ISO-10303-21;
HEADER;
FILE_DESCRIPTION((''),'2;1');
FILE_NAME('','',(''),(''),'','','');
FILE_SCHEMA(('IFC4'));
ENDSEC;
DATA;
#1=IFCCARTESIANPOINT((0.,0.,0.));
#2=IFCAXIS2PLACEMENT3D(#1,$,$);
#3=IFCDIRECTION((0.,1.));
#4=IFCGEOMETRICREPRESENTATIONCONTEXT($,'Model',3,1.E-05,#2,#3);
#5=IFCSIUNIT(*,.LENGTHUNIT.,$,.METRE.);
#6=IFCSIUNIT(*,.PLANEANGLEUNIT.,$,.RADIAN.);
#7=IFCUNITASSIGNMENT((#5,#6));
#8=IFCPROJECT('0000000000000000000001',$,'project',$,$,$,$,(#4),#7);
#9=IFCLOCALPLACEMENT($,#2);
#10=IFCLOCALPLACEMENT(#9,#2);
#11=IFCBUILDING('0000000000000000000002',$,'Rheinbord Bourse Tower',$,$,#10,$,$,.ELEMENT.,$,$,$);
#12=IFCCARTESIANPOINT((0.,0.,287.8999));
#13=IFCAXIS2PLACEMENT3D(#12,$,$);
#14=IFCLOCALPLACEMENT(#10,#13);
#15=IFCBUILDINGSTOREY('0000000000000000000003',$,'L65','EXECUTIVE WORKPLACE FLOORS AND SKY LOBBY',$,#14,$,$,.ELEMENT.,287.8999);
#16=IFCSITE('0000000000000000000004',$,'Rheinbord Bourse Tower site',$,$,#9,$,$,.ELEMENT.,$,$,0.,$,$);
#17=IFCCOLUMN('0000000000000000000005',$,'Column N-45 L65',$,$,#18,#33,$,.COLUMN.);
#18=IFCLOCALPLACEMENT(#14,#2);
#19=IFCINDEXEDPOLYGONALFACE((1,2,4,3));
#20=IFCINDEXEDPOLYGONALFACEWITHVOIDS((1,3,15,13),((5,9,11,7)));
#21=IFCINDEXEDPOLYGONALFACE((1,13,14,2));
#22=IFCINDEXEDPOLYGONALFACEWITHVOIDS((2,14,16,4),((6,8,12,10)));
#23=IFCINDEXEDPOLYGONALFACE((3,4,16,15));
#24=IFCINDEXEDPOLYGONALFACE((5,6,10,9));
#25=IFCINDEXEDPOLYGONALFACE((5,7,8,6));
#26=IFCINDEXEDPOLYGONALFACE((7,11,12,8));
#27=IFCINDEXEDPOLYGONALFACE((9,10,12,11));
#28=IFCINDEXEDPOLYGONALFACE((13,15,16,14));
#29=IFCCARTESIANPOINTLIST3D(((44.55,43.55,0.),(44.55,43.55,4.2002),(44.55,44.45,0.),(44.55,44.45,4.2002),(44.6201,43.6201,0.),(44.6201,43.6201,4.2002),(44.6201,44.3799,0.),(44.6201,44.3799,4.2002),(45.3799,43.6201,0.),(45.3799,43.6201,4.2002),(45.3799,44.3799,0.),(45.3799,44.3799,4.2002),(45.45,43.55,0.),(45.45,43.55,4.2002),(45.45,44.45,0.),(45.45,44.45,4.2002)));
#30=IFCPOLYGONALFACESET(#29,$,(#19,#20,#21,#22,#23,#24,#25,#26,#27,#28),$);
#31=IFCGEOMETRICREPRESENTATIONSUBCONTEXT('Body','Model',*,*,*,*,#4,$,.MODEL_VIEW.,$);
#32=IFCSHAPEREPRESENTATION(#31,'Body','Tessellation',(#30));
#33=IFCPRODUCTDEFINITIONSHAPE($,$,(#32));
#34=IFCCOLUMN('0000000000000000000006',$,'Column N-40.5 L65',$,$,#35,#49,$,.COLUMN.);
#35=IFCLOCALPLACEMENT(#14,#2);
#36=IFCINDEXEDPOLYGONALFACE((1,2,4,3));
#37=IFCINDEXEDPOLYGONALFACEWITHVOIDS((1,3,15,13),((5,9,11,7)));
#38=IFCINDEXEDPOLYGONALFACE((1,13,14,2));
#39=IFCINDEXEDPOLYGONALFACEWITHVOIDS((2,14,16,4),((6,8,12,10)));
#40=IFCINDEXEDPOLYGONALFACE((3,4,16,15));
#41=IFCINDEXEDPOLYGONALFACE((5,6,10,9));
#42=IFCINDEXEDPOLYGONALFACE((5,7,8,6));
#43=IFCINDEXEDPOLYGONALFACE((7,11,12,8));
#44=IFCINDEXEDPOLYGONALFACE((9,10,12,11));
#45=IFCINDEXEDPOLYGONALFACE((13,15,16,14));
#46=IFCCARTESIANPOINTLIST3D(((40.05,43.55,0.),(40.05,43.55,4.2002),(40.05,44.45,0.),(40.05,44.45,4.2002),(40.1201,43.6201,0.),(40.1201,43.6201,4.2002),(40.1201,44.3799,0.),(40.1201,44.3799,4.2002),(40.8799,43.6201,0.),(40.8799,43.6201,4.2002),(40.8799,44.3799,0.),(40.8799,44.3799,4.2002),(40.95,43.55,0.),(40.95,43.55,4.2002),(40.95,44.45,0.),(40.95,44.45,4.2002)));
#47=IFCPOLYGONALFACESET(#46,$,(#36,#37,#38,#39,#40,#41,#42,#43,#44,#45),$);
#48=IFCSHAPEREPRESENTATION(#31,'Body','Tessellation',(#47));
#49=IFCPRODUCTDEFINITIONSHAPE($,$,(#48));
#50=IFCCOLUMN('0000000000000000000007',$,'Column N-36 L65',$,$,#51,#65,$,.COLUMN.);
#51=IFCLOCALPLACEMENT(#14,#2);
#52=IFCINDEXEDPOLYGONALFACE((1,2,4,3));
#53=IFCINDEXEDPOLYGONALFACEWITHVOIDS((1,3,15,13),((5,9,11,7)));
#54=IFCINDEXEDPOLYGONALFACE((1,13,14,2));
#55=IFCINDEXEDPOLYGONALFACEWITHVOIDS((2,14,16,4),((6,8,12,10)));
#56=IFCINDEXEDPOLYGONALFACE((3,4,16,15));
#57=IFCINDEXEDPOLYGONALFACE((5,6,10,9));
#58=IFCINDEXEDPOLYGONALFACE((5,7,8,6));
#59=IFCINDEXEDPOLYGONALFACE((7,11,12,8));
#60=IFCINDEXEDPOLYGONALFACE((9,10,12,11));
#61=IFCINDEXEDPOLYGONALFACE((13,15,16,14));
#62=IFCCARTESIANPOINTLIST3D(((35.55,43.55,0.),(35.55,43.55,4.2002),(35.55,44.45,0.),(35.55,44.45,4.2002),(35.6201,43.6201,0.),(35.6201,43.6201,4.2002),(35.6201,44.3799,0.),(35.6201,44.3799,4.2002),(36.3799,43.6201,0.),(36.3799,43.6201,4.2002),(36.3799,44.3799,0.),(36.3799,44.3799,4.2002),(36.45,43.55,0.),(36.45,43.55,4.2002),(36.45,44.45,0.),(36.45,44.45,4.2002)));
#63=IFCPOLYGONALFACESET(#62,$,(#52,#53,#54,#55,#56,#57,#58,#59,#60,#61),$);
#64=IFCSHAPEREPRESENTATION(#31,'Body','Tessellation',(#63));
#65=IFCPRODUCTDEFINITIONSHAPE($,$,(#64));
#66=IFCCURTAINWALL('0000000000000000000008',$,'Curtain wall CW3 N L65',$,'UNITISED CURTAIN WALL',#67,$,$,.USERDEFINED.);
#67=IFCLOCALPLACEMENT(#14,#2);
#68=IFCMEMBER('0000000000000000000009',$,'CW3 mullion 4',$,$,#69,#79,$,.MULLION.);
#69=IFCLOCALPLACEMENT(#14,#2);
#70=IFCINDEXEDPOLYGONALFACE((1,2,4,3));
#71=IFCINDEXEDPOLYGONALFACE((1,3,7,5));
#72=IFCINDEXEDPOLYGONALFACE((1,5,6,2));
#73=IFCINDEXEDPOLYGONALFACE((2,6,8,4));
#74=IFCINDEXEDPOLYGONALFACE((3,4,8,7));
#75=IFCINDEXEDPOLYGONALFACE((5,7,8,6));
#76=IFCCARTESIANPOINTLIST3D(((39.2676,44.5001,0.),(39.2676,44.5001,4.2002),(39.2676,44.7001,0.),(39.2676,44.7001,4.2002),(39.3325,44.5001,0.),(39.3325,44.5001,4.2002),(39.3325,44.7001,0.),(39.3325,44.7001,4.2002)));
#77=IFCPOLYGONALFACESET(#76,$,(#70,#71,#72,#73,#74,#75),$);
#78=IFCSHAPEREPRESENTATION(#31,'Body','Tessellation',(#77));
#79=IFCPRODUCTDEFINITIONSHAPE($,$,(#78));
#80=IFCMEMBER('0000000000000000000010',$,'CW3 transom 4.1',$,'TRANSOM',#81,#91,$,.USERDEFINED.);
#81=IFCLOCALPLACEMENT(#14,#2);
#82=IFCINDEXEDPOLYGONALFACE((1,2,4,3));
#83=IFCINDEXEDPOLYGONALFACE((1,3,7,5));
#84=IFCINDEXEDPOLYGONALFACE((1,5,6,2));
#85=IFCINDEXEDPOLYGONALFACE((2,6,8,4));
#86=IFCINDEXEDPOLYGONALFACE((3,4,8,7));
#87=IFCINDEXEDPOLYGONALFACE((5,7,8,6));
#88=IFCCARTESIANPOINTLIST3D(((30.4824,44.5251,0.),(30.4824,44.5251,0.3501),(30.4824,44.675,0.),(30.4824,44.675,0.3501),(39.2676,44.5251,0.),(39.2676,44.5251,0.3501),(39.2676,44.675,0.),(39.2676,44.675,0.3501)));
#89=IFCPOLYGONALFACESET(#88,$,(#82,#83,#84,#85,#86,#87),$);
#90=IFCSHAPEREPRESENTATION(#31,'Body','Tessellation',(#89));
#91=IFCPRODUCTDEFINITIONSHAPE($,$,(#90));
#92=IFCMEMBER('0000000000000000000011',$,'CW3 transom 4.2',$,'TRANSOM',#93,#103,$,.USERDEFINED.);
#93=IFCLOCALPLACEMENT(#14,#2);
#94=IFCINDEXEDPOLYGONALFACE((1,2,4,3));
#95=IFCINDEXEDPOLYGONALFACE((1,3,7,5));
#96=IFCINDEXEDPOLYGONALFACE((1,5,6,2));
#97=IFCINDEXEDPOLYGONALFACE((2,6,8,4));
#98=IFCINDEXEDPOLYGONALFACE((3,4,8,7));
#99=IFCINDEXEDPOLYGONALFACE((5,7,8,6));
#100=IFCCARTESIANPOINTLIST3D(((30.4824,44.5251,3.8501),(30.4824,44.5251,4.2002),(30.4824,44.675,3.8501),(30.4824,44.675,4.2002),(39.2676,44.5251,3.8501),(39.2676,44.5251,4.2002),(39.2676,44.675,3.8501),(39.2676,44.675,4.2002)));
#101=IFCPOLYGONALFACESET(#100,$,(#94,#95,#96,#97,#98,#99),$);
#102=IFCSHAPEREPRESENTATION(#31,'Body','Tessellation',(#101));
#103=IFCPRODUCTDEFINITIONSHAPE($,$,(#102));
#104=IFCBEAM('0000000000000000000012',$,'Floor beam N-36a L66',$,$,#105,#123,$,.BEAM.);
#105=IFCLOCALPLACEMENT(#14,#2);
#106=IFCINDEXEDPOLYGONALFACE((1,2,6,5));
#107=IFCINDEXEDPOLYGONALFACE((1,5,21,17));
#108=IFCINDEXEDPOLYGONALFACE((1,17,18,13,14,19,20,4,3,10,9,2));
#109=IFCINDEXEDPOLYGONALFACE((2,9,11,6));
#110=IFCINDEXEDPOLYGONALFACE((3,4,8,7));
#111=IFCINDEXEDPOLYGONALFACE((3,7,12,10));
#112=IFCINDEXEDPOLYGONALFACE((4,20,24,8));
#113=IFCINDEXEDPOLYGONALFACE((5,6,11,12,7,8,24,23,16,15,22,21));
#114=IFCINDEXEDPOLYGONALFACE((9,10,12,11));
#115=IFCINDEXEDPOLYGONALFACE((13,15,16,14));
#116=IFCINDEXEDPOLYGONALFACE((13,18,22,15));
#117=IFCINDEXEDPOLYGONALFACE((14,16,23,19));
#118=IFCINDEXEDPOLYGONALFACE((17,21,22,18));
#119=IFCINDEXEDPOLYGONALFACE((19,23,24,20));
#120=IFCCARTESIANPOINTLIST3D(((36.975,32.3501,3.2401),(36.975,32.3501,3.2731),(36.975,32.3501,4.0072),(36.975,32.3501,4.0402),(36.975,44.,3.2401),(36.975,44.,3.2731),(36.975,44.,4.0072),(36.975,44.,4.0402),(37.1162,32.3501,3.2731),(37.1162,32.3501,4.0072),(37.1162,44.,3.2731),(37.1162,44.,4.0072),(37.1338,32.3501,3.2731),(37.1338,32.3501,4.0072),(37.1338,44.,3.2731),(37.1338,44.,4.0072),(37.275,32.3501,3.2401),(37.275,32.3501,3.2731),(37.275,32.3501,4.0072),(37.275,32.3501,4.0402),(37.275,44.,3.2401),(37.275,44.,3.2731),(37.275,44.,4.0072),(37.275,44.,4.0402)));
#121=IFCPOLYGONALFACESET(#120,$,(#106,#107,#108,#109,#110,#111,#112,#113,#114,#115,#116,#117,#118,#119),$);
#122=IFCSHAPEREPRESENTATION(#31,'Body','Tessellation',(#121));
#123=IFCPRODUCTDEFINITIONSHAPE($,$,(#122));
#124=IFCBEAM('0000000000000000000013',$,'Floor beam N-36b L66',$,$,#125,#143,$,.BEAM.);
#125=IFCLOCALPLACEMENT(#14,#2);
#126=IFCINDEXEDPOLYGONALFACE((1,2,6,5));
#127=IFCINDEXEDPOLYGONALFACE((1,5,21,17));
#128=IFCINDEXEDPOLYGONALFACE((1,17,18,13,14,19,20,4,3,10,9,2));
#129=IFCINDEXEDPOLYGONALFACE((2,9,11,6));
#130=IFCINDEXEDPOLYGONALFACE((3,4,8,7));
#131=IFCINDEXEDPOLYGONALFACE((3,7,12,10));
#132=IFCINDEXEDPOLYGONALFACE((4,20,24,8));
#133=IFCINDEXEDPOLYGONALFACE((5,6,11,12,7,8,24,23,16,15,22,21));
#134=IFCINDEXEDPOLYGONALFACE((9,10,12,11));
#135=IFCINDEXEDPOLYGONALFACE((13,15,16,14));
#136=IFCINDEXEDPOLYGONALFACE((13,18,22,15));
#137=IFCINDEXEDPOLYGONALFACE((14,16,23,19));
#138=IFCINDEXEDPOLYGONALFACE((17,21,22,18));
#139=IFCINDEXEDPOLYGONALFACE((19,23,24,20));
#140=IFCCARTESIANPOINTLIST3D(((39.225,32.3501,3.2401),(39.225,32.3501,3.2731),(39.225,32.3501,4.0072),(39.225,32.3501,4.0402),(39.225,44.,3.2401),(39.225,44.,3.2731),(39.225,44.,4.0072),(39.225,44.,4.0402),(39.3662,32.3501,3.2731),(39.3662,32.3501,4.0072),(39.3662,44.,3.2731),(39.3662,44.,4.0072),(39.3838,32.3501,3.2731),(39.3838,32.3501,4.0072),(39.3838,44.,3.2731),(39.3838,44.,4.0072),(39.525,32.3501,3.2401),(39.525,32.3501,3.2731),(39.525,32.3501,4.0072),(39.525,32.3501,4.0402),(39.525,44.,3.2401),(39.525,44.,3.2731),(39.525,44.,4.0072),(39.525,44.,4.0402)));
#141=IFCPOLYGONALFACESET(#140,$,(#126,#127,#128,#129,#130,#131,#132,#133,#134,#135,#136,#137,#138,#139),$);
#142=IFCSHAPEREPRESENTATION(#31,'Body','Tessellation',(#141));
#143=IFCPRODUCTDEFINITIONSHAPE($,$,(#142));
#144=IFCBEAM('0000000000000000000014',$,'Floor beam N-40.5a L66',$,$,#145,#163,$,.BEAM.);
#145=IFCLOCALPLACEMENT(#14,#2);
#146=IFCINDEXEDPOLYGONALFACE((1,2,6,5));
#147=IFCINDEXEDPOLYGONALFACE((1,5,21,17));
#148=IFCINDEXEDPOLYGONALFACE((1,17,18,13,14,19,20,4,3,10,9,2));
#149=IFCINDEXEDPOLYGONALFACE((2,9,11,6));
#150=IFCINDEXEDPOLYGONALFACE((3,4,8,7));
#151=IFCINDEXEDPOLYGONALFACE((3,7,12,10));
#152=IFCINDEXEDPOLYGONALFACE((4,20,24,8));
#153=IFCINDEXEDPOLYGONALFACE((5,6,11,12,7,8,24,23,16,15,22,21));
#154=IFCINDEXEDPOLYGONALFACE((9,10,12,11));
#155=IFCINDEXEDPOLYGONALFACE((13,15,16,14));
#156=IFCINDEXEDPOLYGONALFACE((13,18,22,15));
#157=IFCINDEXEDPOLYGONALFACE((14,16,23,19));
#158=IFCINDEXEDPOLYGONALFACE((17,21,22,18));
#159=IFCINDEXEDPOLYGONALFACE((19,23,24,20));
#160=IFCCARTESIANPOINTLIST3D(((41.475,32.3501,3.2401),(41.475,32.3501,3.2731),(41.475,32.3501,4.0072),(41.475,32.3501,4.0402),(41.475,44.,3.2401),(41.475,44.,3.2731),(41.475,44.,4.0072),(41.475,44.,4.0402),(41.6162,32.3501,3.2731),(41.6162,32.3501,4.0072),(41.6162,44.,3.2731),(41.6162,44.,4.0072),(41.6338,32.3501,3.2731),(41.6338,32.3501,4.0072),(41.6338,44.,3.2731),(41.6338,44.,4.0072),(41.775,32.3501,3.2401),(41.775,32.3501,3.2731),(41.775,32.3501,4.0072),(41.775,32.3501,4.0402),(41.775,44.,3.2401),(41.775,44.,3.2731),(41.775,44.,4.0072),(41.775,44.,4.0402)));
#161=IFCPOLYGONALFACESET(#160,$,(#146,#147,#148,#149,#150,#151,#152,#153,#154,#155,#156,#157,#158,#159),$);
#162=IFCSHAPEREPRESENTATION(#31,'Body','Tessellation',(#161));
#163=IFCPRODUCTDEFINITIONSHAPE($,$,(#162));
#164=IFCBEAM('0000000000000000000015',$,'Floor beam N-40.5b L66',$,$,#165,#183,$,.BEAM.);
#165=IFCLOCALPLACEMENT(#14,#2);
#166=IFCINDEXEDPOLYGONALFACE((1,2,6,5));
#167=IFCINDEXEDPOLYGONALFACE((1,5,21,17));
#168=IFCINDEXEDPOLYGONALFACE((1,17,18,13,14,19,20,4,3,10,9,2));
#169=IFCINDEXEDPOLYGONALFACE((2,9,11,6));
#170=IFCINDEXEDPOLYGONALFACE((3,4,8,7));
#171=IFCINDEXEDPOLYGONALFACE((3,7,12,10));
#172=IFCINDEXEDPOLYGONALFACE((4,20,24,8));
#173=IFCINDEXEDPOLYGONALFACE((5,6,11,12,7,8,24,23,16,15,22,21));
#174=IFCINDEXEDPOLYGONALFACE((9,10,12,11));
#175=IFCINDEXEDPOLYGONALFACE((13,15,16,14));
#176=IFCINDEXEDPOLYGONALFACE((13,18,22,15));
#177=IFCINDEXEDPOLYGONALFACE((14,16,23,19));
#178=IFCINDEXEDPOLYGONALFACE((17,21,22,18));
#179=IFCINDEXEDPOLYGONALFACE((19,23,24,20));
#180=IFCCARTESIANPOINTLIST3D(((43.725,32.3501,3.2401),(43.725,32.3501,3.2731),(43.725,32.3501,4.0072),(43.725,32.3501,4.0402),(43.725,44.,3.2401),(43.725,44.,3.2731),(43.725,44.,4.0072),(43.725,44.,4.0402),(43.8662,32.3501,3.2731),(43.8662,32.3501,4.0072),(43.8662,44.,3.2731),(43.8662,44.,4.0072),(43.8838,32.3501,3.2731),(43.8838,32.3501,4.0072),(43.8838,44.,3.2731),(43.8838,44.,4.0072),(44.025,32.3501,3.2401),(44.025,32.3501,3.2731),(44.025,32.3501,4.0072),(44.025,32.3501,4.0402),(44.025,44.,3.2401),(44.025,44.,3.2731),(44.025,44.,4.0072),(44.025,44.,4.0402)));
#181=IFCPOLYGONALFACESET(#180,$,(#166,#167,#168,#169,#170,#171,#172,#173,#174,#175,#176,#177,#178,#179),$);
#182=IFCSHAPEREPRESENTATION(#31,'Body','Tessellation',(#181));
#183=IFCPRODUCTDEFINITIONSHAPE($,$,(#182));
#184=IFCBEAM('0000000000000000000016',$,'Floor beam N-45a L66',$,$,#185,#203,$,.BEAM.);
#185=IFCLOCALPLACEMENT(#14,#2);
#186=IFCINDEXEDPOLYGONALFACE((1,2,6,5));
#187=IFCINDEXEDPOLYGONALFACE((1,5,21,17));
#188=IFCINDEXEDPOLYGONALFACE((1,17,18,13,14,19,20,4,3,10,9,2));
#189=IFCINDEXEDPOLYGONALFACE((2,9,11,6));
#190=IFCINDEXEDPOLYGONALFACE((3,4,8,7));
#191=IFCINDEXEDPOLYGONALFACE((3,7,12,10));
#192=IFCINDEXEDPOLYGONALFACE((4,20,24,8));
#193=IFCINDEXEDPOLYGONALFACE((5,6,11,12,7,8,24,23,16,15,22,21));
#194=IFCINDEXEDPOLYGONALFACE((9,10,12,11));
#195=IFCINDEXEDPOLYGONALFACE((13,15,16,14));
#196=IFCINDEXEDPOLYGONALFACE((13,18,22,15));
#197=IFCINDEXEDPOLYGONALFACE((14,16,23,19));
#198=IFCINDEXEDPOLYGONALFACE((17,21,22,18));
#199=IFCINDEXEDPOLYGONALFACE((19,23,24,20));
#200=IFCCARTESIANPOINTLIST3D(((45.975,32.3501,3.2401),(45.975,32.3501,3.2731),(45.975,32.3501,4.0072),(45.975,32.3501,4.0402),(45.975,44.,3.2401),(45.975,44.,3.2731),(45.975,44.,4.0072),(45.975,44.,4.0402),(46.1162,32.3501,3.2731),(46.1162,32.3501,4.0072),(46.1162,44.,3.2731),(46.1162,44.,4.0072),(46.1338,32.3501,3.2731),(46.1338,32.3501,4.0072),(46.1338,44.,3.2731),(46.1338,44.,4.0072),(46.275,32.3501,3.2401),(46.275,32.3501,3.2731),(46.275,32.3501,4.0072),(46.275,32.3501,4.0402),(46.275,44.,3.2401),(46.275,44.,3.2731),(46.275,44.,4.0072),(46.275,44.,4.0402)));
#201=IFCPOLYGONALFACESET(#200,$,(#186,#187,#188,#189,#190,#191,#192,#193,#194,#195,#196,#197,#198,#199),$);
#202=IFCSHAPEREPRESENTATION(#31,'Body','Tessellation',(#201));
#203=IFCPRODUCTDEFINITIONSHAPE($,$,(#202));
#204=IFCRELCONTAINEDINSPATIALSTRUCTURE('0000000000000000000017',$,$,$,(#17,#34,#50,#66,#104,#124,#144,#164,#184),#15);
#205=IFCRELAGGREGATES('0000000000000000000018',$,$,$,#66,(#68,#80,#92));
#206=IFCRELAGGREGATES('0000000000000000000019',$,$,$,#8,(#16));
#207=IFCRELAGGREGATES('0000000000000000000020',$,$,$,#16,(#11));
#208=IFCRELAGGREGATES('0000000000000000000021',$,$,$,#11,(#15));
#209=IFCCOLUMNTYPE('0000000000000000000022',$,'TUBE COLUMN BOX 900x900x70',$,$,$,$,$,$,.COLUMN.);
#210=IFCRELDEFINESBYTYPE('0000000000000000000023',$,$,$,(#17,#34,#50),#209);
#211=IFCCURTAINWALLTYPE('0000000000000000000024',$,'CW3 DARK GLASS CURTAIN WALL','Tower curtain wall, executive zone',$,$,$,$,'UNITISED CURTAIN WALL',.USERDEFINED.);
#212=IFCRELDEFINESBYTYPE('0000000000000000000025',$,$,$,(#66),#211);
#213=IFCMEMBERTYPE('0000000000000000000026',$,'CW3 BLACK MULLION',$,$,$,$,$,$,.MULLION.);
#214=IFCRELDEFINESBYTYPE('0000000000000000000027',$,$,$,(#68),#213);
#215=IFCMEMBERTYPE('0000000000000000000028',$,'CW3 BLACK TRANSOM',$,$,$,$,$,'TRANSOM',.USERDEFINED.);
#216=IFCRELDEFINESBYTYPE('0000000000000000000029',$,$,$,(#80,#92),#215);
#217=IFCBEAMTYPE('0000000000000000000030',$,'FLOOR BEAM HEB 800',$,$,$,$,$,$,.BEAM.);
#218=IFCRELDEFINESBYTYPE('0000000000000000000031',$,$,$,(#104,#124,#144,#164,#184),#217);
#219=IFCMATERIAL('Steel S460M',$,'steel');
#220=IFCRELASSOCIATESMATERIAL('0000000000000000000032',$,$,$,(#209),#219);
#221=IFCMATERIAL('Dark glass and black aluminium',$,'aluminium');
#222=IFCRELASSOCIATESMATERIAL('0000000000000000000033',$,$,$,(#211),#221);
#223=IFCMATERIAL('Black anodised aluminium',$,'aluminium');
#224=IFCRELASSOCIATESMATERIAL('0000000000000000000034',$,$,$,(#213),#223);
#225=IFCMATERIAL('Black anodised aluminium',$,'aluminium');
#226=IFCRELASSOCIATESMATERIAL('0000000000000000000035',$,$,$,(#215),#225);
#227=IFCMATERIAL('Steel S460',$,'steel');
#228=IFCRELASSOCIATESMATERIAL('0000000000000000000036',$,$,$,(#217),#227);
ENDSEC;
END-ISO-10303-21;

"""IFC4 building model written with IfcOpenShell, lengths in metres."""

from ifc_helpers import new_model, si_unit, direction, frame, origin, origin_2d, place, context, subcontext, project, spatial, rectangle, hollow_rectangle, i_section, extrude, material, material_profile, profile_set, type_object, element, aggregate, save


model = new_model("IFC4")

# Units and contexts
model_context = context("Model", 3, precision=1e-05, world=origin(), true_north=direction((0.0, 1.0)))
body_context = subcontext(model_context, "Body", "Model", "MODEL_VIEW")
ifc_project = project(units=[si_unit("LENGTHUNIT", "METRE"), si_unit("PLANEANGLEUNIT", "RADIAN")], contexts=[model_context])

# Site, building, storey
site_placement = place(None, origin())
site = spatial("IfcSite", under=ifc_project, at=site_placement, Name="Rheinbord Bourse Tower site", CompositionType="ELEMENT", RefElevation=0.0)
building_placement = place(site_placement, origin())
building = spatial("IfcBuilding", under=site, at=building_placement, Name="Rheinbord Bourse Tower", CompositionType="ELEMENT")
storey_placement = place(building_placement, frame((0.0, 0.0, 287.8999)))
storey = spatial("IfcBuildingStorey", under=building, at=storey_placement, Name="L65", Description="EXECUTIVE WORKPLACE FLOORS AND SKY LOBBY", CompositionType="ELEMENT", Elevation=287.8999)

# Columns
ifc_material_1 = material(Name="Steel S460M", Category="steel")
ifc_material_profile_1 = material_profile(ifc_material_1, hollow_rectangle(XDim=0.8999, YDim=0.8999, WallThickness=0.0701, at=origin_2d()), Name="BOX 900x900x70")
ifc_profile_set_1 = profile_set([ifc_material_profile_1], Name="Steel S460M")
column_type = type_object("IfcColumnType", Name="TUBE COLUMN BOX 900x900x70", PredefinedType="COLUMN", material=ifc_profile_set_1)
for number, where, z_axis, x_axis, name in (
    (1, (45.0, 44.0, 0.0), (0.0, 0.0, 1.0), (0.0, 1.0, 0.0), "Column N-45 L65"),
    (2, (40.5, 44.0, 0.0), (0.0, 0.0, 1.0), (0.0, 1.0, 0.0), "Column N-40.5 L65"),
    (3, (36.0, 44.0, 0.0), (0.0, 0.0, 1.0), (0.0, 1.0, 0.0), "Column N-36 L65"),
):
    element("IfcColumn", number, at=place(storey_placement, frame(where, z_axis=z_axis, x_axis=x_axis)), inside=storey, type_object=column_type, Name=name, PredefinedType="COLUMN", context=body_context, shape_type="SweptSolid", body=[
        extrude(hollow_rectangle(XDim=0.8999, YDim=0.8999, WallThickness=0.0701, at=origin_2d()), origin(), (0.0, 0.0, 1.0), 4.2002),
    ])

# Curtain wall, members
ifc_material_2 = material(Name="Dark glass and black aluminium", Category="aluminium")
curtain_wall_type = type_object("IfcCurtainWallType", Name="CW3 DARK GLASS CURTAIN WALL", Description="Tower curtain wall, executive zone", ElementType="UNITISED CURTAIN WALL", PredefinedType="USERDEFINED", material=ifc_material_2)
curtain_wall_placement = place(storey_placement, origin())
curtain_wall = element("IfcCurtainWall", 4, at=curtain_wall_placement, inside=storey, type_object=curtain_wall_type, Name="Curtain wall CW3 N L65", ObjectType="UNITISED CURTAIN WALL", PredefinedType="USERDEFINED")
ifc_material_3 = material(Name="Black anodised aluminium", Category="aluminium")
ifc_material_profile_2 = material_profile(ifc_material_3, rectangle(XDim=0.2, YDim=0.0649, at=origin_2d()), Name="CW3 MULLION 65x200")
ifc_profile_set_2 = profile_set([ifc_material_profile_2], Name="Black anodised aluminium")
member_type_1 = type_object("IfcMemberType", Name="CW3 BLACK MULLION", PredefinedType="MULLION", material=ifc_profile_set_2)
member_1_placement = place(storey_placement, frame((39.3, 44.6001, 0.0), z_axis=(0.0, 0.0, 1.0), x_axis=(0.0, -1.0, 0.0)))
member_1 = element("IfcMember", 5, at=member_1_placement, type_object=member_type_1, Name="CW3 mullion 4", PredefinedType="MULLION", context=body_context, shape_type="SweptSolid", body=[
    extrude(rectangle(XDim=0.2, YDim=0.0649, at=origin_2d()), origin(), (0.0, 0.0, 1.0), 4.2002),
])
ifc_material_4 = material(Name="Black anodised aluminium", Category="aluminium")
ifc_material_profile_3 = material_profile(ifc_material_4, rectangle(XDim=0.1499, YDim=0.3501, at=origin_2d()), Name="CW3 TRANSOM 350x150")
ifc_profile_set_3 = profile_set([ifc_material_profile_3], Name="Black anodised aluminium")
member_type_2 = type_object("IfcMemberType", Name="CW3 BLACK TRANSOM", ElementType="TRANSOM", PredefinedType="USERDEFINED", material=ifc_profile_set_3)
member_2_placement = place(storey_placement, frame((39.2676, 44.6001, 0.175), z_axis=(-1.0, 0.0, 0.0), x_axis=(0.0, -1.0, 0.0)))
member_2 = element("IfcMember", 6, at=member_2_placement, type_object=member_type_2, Name="CW3 transom 4.1", ObjectType="TRANSOM", PredefinedType="USERDEFINED", context=body_context, shape_type="SweptSolid", body=[
    extrude(rectangle(XDim=0.1499, YDim=0.3501, at=origin_2d()), origin(), (0.0, 0.0, 1.0), 8.7852),
])
member_3_placement = place(storey_placement, frame((39.2676, 44.6001, 4.0251), z_axis=(-1.0, 0.0, 0.0), x_axis=(0.0, -1.0, 0.0)))
member_3 = element("IfcMember", 7, at=member_3_placement, type_object=member_type_2, Name="CW3 transom 4.2", ObjectType="TRANSOM", PredefinedType="USERDEFINED", context=body_context, shape_type="SweptSolid", body=[
    extrude(rectangle(XDim=0.1499, YDim=0.3501, at=origin_2d()), origin(), (0.0, 0.0, 1.0), 8.7852),
])

# Beams
ifc_material_5 = material(Name="Steel S460", Category="steel")
ifc_material_profile_4 = material_profile(ifc_material_5, i_section(OverallWidth=0.3, OverallDepth=0.8, WebThickness=0.0176, FlangeThickness=0.033, at=origin_2d()), Name="HEB 800")
ifc_profile_set_4 = profile_set([ifc_material_profile_4], Name="Steel S460")
beam_type_1 = type_object("IfcBeamType", Name="FLOOR BEAM HEB 800", PredefinedType="BEAM", material=ifc_profile_set_4)
for number, where, z_axis, x_axis, name in (
    (8, (37.125, 44.0, 3.6401), (0.0, -1.0, 0.0), (1.0, 0.0, 0.0), "Floor beam N-36a L66"),
    (9, (39.375, 44.0, 3.6401), (0.0, -1.0, 0.0), (1.0, 0.0, 0.0), "Floor beam N-36b L66"),
    (10, (41.625, 44.0, 3.6401), (0.0, -1.0, 0.0), (1.0, 0.0, 0.0), "Floor beam N-40.5a L66"),
    (11, (43.875, 44.0, 3.6401), (0.0, -1.0, 0.0), (1.0, 0.0, 0.0), "Floor beam N-40.5b L66"),
    (12, (46.125, 44.0, 3.6401), (0.0, -1.0, 0.0), (1.0, 0.0, 0.0), "Floor beam N-45a L66"),
):
    element("IfcBeam", number, at=place(storey_placement, frame(where, z_axis=z_axis, x_axis=x_axis)), inside=storey, type_object=beam_type_1, Name=name, PredefinedType="BEAM", context=body_context, shape_type="SweptSolid", body=[
        extrude(i_section(OverallWidth=0.3, OverallDepth=0.8, WebThickness=0.0176, FlangeThickness=0.033, at=origin_2d()), origin(), (0.0, 0.0, 1.0), 11.6499),
    ])

aggregate(curtain_wall, [member_1, member_2, member_3])

save(model, "model.ifc")
